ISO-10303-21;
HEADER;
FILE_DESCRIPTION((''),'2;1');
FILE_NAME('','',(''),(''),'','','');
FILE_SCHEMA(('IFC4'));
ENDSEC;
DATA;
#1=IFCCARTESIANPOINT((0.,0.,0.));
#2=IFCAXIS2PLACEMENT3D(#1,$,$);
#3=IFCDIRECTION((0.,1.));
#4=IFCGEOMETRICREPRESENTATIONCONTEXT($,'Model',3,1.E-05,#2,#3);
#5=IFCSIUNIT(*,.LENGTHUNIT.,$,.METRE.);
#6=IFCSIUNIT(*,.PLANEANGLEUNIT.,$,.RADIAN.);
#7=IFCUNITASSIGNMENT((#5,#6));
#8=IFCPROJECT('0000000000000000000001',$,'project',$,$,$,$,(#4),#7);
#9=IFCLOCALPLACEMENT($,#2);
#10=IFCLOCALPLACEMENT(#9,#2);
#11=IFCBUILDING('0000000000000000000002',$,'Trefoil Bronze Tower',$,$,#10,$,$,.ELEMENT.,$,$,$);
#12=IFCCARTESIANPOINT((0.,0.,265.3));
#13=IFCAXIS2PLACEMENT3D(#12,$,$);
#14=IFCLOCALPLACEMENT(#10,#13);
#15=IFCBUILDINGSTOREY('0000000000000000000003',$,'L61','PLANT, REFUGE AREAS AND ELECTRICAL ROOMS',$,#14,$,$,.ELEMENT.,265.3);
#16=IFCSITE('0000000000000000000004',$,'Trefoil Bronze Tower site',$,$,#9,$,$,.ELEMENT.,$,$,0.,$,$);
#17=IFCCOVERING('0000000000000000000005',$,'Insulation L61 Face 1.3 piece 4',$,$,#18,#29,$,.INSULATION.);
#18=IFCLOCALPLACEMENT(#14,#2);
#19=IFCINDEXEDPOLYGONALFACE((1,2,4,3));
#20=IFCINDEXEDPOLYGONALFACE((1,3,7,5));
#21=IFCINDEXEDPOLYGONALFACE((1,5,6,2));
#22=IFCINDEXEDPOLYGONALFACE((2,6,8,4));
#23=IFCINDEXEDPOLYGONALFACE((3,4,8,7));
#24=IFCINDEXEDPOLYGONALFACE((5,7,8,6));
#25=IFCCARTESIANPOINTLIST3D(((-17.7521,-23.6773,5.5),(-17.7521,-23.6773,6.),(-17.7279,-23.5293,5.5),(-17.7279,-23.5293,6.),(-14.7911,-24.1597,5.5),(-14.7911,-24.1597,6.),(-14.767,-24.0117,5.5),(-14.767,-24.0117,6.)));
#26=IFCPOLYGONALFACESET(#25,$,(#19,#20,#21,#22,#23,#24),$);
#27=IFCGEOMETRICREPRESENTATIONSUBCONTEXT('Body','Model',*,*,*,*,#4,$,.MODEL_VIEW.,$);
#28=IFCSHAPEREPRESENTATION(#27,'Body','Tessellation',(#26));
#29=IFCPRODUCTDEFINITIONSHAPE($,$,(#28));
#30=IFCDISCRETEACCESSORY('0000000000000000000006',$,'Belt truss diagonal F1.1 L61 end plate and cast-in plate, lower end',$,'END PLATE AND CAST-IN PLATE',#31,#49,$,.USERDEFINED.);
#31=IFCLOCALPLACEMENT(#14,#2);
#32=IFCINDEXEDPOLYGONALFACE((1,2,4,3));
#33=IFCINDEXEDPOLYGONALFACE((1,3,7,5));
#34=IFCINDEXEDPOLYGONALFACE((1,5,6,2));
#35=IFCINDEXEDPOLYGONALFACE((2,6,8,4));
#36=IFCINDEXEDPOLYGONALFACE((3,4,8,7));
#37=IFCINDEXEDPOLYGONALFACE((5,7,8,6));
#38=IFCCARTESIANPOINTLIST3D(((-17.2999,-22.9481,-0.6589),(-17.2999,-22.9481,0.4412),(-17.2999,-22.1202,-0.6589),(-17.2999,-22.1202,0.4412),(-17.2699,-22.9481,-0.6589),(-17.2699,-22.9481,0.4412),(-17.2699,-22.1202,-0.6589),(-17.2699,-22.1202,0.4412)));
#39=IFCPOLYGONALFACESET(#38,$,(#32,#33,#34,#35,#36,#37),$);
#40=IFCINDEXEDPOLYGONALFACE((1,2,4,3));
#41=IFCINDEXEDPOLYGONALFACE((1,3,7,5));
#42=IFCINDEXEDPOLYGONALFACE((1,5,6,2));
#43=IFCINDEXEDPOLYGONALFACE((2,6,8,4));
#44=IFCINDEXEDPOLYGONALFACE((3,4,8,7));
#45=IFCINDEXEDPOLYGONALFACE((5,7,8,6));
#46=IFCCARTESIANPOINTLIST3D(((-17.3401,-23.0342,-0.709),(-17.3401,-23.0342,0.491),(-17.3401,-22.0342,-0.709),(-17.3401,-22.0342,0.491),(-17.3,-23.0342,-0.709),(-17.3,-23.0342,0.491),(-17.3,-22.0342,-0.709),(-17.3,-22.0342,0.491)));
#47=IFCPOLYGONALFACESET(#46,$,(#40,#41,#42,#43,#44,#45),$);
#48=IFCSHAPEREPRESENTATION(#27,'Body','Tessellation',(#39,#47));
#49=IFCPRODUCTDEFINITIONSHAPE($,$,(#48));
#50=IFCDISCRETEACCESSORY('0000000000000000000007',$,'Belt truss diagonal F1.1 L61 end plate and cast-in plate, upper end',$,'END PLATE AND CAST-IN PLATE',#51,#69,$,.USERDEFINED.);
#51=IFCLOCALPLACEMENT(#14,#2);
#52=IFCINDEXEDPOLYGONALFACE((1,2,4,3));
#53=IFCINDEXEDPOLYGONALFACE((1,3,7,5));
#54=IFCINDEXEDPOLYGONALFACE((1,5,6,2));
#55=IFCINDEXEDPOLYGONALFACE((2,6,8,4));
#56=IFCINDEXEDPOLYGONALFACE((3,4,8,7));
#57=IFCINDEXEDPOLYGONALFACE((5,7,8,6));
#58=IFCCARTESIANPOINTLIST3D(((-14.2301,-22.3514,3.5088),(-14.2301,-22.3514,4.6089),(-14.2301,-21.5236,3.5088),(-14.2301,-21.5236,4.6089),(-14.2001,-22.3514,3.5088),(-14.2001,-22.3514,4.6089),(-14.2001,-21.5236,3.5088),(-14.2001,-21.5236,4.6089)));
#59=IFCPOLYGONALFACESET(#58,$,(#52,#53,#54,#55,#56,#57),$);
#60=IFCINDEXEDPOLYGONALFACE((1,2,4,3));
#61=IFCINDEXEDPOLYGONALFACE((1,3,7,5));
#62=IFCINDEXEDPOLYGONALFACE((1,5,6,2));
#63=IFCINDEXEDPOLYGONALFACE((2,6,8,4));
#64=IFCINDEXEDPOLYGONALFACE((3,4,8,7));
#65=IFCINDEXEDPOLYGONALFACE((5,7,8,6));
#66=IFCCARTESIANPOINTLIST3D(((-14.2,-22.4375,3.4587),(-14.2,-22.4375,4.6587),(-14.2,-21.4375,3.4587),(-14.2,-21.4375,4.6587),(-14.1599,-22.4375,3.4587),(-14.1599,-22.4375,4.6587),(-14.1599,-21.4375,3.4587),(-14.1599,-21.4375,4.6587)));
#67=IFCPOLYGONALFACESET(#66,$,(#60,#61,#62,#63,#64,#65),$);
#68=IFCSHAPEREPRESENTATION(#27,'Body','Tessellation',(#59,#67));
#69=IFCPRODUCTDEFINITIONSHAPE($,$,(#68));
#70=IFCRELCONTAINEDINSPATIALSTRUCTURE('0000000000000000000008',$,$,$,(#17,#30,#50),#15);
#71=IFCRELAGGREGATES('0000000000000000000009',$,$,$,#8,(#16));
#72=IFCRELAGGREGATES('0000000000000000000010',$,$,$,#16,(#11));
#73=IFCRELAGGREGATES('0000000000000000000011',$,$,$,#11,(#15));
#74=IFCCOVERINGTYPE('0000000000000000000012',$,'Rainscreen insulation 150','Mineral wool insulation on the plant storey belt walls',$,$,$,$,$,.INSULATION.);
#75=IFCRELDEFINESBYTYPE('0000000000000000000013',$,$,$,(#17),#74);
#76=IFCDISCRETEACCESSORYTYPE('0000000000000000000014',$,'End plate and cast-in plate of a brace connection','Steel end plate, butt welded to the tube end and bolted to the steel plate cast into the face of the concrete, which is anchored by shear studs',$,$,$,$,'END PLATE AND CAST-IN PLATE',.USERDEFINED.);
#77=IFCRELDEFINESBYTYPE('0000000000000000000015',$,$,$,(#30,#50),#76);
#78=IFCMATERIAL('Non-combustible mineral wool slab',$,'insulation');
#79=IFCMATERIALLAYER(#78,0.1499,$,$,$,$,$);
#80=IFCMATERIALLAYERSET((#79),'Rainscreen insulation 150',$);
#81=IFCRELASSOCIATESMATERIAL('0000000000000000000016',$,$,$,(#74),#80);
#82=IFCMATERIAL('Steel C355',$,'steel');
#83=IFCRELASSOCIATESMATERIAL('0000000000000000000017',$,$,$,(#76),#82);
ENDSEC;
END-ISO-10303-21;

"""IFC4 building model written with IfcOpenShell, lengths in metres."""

from ifc_helpers import new_model, si_unit, direction, frame, origin, origin_2d, place, context, subcontext, project, spatial, rectangle, extrude, material, layer, layer_set, type_object, element, save


model = new_model("IFC4")

# Units and contexts
model_context = context("Model", 3, precision=1e-05, world=origin(), true_north=direction((0.0, 1.0)))
body_context = subcontext(model_context, "Body", "Model", "MODEL_VIEW")
ifc_project = project(units=[si_unit("LENGTHUNIT", "METRE"), si_unit("PLANEANGLEUNIT", "RADIAN")], contexts=[model_context])

# Site, building, storey
site_placement = place(None, origin())
site = spatial("IfcSite", under=ifc_project, at=site_placement, Name="Trefoil Bronze Tower site", CompositionType="ELEMENT", RefElevation=0.0)
building_placement = place(site_placement, origin())
building = spatial("IfcBuilding", under=site, at=building_placement, Name="Trefoil Bronze Tower", CompositionType="ELEMENT")
storey_placement = place(building_placement, frame((0.0, 0.0, 265.3)))
storey = spatial("IfcBuildingStorey", under=building, at=storey_placement, Name="L61", Description="PLANT, REFUGE AREAS AND ELECTRICAL ROOMS", CompositionType="ELEMENT", Elevation=265.3)

# Covering
ifc_material_1 = material(Name="Non-combustible mineral wool slab", Category="insulation")
ifc_layer_1 = layer(ifc_material_1, 0.1499)
ifc_layer_set_1 = layer_set([ifc_layer_1], Name="Rainscreen insulation 150")
covering_type_1 = type_object("IfcCoveringType", Name="Rainscreen insulation 150", Description="Mineral wool insulation on the plant storey belt walls", PredefinedType="INSULATION", material=ifc_layer_set_1)
covering_1_placement = place(storey_placement, frame((-16.2595, -23.8445, 5.5), z_axis=(0.0, 0.0, 1.0), x_axis=(0.986987, -0.160803, 0.0)))
element("IfcCovering", 1, at=covering_1_placement, inside=storey, type_object=covering_type_1, Name="Insulation L61 Face 1.3 piece 4", PredefinedType="INSULATION", context=body_context, shape_type="SweptSolid", body=[
    extrude(rectangle(XDim=3.0, YDim=0.1499, at=origin_2d()), origin(), (0.0, 0.0, 1.0), 0.5),
])

# Discrete accessories
ifc_material_2 = material(Name="Steel C355", Category="steel")
discrete_accessory_type = type_object("IfcDiscreteAccessoryType", Name="End plate and cast-in plate of a brace connection", Description="Steel end plate, butt welded to the tube end and bolted to the steel plate cast into the face of the concrete, which is anchored by shear studs", ElementType="END PLATE AND CAST-IN PLATE", PredefinedType="USERDEFINED", material=ifc_material_2)
for number, where, z_axis, x_axis, name in (
    (2, (-17.3, -22.5342, -0.1089), (0.0, 0.0, 1.0), (1.0, 0.0, 0.0), "Belt truss diagonal F1.1 L61 end plate and cast-in plate, lower end"),
    (3, (-14.2, -21.9375, 4.0588), (0.0, 0.0, 1.0), (-1.0, 0.0, 0.0), "Belt truss diagonal F1.1 L61 end plate and cast-in plate, upper end"),
):
    element("IfcDiscreteAccessory", number, at=place(storey_placement, frame(where, z_axis=z_axis, x_axis=x_axis)), inside=storey, type_object=discrete_accessory_type, Name=name, ObjectType="END PLATE AND CAST-IN PLATE", PredefinedType="USERDEFINED", context=body_context, shape_type="SweptSolid", body=[
        extrude(rectangle(XDim=0.03, YDim=0.8279, at=origin_2d()), frame((0.0151, 0.0, -0.55)), (0.0, 0.0, 1.0), 1.1001),
        extrude(rectangle(XDim=0.04, YDim=1.0, at=origin_2d()), frame((-0.02, 0.0, -0.6001)), (0.0, 0.0, 1.0), 1.2),
    ])

save(model, "model.ifc")
